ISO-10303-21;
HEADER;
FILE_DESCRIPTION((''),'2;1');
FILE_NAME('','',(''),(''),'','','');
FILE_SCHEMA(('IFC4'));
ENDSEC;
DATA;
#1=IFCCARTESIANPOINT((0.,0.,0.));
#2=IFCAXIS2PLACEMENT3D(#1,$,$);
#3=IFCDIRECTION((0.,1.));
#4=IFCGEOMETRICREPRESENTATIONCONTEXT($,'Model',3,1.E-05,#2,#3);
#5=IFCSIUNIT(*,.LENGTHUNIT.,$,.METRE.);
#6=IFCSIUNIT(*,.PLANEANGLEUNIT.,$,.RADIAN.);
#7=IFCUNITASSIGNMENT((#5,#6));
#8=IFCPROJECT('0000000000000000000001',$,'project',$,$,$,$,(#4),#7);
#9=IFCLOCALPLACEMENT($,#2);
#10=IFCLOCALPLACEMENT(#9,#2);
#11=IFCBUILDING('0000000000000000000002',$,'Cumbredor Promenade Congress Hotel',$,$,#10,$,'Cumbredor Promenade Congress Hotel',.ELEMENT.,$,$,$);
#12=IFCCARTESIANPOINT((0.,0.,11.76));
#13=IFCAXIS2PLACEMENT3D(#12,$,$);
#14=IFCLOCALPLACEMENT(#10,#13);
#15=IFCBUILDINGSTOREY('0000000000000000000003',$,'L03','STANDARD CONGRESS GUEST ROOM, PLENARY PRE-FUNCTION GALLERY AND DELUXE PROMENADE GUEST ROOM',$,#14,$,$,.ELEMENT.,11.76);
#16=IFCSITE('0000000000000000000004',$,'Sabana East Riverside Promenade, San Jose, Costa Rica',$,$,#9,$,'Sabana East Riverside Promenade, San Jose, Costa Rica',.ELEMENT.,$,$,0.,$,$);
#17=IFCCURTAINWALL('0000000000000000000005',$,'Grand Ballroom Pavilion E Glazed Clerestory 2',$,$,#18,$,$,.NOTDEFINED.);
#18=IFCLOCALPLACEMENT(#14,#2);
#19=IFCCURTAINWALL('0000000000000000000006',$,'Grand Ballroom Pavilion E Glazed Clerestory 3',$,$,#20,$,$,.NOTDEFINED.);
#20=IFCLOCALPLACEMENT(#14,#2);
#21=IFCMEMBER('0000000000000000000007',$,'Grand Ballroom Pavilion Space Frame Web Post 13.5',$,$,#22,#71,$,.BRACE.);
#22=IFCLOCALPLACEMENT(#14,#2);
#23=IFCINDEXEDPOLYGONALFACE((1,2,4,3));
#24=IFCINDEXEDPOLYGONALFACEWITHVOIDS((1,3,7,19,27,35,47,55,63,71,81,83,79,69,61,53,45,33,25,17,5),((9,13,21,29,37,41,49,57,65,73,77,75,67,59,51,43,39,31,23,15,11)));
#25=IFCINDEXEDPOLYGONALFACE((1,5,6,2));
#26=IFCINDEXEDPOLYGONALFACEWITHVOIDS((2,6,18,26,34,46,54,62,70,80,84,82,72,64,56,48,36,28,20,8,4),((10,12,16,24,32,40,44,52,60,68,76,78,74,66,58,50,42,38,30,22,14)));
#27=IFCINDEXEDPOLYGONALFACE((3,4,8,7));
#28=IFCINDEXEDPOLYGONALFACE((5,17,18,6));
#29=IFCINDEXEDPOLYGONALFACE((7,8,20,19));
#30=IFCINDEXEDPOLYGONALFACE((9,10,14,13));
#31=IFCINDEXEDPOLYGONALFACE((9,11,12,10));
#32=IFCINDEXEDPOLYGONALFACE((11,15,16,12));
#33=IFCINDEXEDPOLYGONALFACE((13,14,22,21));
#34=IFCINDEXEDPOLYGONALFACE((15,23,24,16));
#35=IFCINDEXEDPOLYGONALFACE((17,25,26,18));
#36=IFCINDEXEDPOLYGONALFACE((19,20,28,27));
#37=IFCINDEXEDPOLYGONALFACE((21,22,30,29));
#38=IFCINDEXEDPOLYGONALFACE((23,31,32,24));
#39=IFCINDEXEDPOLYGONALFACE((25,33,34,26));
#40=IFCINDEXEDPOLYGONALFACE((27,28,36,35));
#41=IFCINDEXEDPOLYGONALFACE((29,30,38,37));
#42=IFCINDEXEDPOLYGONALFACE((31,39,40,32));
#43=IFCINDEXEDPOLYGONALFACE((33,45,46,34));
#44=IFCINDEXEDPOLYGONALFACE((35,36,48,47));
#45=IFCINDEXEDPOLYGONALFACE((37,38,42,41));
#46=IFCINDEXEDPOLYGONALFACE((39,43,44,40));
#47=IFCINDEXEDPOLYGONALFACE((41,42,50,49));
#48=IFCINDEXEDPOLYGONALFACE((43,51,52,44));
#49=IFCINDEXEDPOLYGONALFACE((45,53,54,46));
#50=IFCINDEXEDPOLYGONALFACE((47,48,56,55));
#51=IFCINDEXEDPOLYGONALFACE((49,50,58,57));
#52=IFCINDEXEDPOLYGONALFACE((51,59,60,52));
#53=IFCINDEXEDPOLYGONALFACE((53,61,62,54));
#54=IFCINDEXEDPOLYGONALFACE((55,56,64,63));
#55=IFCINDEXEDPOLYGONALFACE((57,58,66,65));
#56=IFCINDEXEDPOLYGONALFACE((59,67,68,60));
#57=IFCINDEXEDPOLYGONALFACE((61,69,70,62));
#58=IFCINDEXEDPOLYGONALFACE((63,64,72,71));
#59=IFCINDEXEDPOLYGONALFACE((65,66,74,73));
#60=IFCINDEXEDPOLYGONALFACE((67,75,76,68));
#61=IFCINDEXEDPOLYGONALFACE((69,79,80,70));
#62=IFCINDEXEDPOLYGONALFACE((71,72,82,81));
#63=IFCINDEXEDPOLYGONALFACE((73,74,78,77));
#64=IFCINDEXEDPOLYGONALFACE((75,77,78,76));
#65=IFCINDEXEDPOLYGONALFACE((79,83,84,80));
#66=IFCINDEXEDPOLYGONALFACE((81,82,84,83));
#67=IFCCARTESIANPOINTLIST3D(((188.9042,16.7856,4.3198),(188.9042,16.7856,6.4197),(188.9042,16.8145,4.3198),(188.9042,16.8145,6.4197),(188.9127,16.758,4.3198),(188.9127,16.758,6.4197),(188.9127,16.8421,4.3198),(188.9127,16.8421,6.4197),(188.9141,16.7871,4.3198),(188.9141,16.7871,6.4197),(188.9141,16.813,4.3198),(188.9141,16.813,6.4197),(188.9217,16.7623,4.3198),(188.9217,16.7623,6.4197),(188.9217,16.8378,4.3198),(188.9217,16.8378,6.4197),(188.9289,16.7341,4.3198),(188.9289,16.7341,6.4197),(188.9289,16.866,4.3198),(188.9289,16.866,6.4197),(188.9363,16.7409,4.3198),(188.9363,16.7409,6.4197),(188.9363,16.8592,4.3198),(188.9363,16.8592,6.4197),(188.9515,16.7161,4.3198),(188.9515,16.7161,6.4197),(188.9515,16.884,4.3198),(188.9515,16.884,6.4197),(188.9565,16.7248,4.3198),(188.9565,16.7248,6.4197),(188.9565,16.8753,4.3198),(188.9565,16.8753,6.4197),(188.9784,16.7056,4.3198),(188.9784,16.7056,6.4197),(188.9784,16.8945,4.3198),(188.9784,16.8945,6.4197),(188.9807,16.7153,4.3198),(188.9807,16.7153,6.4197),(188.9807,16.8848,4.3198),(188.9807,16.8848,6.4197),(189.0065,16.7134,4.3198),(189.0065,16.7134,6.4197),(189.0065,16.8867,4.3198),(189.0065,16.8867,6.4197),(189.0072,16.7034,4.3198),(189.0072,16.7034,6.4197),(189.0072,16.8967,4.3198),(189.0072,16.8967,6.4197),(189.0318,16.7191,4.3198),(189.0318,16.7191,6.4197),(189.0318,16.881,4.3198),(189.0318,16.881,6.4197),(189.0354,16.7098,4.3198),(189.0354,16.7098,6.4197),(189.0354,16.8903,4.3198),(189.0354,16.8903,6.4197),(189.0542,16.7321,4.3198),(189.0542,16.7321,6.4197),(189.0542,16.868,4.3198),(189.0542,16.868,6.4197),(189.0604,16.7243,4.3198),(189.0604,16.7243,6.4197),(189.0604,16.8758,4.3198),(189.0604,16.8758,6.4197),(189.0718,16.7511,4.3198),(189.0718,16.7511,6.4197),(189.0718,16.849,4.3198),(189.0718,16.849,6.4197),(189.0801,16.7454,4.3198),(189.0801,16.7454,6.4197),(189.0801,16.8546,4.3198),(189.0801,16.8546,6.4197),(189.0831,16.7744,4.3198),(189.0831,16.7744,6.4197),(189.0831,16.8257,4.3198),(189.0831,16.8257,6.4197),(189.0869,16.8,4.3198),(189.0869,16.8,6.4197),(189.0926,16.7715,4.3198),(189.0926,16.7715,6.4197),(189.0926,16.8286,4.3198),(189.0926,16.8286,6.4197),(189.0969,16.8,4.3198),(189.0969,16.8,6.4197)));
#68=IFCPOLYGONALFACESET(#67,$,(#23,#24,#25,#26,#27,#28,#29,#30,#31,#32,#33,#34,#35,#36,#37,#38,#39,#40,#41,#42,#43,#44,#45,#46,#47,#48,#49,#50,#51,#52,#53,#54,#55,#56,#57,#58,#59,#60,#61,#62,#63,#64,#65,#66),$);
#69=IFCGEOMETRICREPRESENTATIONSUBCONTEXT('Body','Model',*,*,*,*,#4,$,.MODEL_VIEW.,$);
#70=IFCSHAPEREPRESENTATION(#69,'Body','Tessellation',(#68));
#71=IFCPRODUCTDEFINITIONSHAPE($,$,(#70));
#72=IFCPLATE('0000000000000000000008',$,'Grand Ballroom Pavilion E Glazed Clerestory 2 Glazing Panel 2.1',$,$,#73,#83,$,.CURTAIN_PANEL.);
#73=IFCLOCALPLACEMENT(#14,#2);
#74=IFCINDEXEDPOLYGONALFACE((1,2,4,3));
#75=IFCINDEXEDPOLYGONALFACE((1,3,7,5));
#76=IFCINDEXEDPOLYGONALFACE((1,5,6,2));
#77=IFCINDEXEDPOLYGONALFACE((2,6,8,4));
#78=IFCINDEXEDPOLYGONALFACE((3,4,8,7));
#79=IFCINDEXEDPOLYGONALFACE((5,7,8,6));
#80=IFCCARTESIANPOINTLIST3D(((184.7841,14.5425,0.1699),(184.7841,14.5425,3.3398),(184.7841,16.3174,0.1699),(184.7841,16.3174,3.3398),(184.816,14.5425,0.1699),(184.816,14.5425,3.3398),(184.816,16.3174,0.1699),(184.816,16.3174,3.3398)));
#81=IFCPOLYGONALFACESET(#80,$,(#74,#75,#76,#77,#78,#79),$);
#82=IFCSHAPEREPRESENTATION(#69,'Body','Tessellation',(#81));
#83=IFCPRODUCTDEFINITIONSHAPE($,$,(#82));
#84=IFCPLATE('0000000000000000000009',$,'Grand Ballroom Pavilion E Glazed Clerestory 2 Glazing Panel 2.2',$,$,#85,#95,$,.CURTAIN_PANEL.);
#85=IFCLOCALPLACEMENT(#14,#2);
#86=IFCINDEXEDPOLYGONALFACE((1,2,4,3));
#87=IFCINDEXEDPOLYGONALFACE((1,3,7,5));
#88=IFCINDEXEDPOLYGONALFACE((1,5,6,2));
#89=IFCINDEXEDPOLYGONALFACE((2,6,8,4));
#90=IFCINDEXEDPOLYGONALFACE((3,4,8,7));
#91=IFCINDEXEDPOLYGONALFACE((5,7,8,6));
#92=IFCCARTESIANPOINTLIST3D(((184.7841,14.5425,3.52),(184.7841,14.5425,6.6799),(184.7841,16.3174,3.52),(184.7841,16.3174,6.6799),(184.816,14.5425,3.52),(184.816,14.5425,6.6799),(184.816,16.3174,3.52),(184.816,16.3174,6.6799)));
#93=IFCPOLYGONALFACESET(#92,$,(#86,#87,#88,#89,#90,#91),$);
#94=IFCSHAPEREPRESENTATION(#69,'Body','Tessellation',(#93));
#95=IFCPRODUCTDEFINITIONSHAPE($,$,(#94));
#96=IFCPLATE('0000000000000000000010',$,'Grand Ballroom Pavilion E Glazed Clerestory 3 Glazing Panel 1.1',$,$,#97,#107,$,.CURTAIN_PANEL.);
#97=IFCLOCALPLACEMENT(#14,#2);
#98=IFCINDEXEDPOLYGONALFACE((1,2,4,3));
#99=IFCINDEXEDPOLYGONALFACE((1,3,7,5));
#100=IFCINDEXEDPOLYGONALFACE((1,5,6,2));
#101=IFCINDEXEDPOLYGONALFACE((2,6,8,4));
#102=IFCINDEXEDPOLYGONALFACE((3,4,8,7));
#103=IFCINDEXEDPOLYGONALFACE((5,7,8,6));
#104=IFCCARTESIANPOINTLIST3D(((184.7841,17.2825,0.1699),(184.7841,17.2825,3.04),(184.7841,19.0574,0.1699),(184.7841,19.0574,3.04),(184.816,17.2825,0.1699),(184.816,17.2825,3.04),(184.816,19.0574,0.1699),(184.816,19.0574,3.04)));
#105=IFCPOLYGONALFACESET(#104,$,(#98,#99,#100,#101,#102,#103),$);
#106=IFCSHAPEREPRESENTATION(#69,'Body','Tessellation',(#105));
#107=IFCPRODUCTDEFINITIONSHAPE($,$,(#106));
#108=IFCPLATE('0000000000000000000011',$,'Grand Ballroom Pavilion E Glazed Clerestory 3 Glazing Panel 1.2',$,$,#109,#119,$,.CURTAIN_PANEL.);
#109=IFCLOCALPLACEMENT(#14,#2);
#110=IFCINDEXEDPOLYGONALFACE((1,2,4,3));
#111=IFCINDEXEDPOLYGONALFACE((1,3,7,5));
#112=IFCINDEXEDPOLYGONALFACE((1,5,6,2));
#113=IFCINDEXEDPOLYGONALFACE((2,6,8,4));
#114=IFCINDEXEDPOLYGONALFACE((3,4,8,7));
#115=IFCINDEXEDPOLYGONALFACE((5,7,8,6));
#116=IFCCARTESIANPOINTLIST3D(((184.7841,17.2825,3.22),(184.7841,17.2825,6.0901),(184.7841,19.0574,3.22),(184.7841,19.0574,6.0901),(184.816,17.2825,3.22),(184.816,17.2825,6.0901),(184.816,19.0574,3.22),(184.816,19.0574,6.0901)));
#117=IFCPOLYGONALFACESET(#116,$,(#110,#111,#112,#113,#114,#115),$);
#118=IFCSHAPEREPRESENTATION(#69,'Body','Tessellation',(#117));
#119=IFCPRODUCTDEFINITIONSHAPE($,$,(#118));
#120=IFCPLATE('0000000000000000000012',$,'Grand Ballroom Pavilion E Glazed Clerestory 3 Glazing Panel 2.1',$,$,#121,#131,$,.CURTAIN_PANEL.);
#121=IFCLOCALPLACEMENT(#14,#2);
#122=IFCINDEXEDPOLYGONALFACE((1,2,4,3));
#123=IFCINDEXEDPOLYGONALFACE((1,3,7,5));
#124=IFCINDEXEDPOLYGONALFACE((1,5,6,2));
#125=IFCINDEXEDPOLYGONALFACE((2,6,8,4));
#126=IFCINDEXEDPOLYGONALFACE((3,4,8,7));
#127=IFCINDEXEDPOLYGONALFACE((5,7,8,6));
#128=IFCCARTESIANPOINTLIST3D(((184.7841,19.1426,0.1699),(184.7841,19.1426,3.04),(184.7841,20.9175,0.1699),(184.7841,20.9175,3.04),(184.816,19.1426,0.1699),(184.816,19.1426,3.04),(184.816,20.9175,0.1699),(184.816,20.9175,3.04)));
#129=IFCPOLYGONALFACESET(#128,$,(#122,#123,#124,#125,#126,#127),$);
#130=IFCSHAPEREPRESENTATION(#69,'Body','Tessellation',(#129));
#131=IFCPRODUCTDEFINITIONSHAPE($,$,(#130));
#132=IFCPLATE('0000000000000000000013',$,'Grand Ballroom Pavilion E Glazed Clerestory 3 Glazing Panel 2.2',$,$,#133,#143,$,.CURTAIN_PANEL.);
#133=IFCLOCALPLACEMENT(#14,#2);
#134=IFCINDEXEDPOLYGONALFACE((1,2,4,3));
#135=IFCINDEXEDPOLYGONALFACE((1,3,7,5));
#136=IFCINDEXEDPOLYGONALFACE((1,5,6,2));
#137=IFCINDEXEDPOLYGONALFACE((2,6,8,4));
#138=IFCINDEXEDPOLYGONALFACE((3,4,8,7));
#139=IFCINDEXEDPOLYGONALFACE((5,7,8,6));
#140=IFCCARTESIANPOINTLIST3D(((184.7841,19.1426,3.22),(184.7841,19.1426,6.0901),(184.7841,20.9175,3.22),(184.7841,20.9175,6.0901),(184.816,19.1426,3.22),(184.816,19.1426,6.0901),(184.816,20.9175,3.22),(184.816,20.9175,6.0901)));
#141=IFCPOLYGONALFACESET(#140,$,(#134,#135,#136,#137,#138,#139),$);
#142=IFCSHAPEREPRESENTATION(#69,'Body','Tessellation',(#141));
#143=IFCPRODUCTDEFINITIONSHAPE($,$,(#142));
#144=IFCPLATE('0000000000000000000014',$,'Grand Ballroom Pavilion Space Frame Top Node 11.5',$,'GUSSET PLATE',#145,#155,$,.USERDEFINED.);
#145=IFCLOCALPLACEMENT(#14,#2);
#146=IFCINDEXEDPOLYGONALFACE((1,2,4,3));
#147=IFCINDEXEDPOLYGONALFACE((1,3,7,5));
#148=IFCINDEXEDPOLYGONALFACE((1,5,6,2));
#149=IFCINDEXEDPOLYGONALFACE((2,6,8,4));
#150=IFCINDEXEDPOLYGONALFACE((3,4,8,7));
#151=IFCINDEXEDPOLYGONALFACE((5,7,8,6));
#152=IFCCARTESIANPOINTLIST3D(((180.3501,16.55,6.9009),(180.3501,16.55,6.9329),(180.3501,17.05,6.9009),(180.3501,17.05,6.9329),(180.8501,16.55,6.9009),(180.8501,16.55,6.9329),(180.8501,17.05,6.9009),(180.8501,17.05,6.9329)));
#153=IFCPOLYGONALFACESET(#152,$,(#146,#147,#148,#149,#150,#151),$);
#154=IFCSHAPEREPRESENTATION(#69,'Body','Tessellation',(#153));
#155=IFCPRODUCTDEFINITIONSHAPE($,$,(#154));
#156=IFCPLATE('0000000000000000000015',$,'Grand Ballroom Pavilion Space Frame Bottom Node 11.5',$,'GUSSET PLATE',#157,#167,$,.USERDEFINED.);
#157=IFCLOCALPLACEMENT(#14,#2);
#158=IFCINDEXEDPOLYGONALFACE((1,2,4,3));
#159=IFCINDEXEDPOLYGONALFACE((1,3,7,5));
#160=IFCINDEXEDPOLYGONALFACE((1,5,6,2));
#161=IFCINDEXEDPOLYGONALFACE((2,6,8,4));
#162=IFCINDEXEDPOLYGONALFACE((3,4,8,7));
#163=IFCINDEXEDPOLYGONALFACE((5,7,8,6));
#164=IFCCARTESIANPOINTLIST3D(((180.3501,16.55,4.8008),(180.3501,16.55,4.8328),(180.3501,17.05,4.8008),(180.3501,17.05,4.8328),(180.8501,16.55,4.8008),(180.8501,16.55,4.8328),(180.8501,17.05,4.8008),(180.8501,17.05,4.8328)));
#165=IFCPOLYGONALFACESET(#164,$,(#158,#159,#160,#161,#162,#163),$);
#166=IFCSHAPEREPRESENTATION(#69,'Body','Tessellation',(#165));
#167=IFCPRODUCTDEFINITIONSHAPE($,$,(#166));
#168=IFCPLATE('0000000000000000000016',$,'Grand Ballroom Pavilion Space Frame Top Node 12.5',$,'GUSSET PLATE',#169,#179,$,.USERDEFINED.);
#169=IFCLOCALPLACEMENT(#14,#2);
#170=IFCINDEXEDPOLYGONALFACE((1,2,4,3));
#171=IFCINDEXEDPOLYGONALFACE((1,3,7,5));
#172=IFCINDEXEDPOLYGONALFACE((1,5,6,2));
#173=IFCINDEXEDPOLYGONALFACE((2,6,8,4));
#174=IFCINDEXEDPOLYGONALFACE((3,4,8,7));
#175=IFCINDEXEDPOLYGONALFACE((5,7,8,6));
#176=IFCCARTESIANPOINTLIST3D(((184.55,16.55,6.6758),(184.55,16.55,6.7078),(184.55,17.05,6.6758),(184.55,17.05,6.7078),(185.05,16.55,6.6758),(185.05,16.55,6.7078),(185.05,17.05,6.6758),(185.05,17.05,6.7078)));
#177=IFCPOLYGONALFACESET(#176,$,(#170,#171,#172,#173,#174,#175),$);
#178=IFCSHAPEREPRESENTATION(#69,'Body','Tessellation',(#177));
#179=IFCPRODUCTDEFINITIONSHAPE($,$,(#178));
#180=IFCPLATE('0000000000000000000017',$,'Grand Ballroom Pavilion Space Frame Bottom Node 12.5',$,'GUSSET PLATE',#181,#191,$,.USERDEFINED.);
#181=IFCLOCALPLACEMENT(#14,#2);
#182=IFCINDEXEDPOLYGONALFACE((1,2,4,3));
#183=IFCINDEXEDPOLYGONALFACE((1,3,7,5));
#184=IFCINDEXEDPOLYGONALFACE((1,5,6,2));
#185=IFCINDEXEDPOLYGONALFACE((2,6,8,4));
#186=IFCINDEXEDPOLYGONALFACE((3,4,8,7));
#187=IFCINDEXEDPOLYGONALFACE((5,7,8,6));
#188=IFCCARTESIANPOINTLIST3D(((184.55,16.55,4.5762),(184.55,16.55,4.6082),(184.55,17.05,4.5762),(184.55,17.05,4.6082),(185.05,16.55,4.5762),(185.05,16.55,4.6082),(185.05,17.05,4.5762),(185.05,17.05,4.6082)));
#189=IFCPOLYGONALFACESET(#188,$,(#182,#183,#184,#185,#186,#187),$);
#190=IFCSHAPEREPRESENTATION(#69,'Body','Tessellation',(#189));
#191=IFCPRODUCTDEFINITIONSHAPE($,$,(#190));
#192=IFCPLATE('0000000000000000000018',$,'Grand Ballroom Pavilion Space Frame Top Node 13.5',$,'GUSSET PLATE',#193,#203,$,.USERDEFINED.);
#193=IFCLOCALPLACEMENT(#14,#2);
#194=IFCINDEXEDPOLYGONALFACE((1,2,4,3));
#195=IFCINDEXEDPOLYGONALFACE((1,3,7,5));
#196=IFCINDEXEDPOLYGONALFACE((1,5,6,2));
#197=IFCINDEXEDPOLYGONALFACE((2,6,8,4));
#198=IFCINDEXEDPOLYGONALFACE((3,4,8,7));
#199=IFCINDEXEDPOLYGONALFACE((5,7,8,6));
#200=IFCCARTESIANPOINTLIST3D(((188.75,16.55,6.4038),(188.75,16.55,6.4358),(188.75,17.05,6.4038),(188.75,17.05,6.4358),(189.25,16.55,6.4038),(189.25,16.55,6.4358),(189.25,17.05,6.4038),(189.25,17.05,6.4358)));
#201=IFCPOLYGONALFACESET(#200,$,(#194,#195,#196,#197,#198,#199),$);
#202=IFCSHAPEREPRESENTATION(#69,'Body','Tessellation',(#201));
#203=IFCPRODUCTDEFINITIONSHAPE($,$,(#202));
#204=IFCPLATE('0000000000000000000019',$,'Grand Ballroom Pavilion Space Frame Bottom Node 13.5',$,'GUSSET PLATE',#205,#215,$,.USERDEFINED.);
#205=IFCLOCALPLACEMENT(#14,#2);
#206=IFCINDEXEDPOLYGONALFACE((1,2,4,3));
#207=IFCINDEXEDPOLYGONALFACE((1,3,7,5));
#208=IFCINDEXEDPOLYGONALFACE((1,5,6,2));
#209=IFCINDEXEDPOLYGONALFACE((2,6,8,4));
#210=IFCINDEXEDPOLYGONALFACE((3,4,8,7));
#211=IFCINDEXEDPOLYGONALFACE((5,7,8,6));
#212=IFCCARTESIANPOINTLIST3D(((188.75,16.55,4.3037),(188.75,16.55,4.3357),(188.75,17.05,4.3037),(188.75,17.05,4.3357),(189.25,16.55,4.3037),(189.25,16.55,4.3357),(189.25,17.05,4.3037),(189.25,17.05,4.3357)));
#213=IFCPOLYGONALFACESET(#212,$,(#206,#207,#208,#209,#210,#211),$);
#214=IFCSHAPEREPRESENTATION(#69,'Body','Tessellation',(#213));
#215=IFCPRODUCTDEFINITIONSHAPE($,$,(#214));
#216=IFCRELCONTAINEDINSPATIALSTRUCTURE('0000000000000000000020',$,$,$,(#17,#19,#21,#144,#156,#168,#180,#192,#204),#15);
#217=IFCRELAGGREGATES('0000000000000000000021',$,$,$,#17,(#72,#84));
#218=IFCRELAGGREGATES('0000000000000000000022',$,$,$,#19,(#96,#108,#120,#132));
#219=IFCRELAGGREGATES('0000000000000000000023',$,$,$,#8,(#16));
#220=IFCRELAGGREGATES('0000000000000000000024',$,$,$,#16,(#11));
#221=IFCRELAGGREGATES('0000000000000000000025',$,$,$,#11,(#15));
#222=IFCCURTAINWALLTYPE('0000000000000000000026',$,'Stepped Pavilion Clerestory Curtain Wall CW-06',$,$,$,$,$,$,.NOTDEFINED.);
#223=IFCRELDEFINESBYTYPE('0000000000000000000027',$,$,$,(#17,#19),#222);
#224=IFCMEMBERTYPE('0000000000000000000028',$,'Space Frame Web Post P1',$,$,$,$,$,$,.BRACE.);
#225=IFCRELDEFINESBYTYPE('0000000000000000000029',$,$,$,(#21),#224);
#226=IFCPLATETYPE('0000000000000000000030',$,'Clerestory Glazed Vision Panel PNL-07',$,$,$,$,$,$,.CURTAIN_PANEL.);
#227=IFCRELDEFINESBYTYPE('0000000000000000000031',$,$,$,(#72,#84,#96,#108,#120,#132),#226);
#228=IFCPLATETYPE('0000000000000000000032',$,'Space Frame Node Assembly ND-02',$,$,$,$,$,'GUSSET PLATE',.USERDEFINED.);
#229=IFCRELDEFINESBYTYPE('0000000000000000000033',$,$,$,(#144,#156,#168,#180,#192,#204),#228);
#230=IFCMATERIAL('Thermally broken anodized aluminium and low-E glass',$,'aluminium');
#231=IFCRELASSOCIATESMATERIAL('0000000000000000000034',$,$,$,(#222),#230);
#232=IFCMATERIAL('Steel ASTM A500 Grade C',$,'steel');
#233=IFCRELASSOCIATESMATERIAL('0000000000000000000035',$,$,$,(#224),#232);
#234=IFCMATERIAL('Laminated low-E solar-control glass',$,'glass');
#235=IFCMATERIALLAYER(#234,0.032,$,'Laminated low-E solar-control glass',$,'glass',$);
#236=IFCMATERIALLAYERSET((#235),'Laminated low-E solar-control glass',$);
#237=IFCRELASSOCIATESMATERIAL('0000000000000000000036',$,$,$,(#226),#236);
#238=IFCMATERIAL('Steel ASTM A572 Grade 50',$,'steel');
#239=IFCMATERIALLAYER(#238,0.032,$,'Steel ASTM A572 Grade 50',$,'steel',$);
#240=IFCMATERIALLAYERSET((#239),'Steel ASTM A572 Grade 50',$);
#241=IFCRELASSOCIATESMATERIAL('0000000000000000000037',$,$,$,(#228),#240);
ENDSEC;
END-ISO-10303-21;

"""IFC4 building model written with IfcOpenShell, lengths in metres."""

from ifc_helpers import new_model, si_unit, direction, frame, origin, origin_2d, place, context, subcontext, project, spatial, rectangle, hollow_circle, extrude, material, layer, layer_set, material_profile, profile_set, type_object, element, aggregate, save


model = new_model("IFC4")

# Units and contexts
model_context = context("Model", 3, precision=1e-05, world=origin(), true_north=direction((0.0, 1.0)))
body_context = subcontext(model_context, "Body", "Model", "MODEL_VIEW")
ifc_project = project(units=[si_unit("LENGTHUNIT", "METRE"), si_unit("PLANEANGLEUNIT", "RADIAN")], contexts=[model_context])

# Site, building, storey
site_placement = place(None, origin())
site = spatial("IfcSite", under=ifc_project, at=site_placement, Name="Sabana East Riverside Promenade, San Jose, Costa Rica", LongName="Sabana East Riverside Promenade, San Jose, Costa Rica", CompositionType="ELEMENT", RefElevation=0.0)
building_placement = place(site_placement, origin())
building = spatial("IfcBuilding", under=site, at=building_placement, Name="Cumbredor Promenade Congress Hotel", LongName="Cumbredor Promenade Congress Hotel", CompositionType="ELEMENT")
storey_placement = place(building_placement, frame((0.0, 0.0, 11.76)))
storey = spatial("IfcBuildingStorey", under=building, at=storey_placement, Name="L03", Description="STANDARD CONGRESS GUEST ROOM, PLENARY PRE-FUNCTION GALLERY AND DELUXE PROMENADE GUEST ROOM", CompositionType="ELEMENT", Elevation=11.76)

# Shared definitions
ifc_material_1 = material(Name="Steel ASTM A500 Grade C", Category="steel")

# Curtain wall
ifc_material_2 = material(Name="Thermally broken anodized aluminium and low-E glass", Category="aluminium")
curtain_wall_type = type_object("IfcCurtainWallType", Name="Stepped Pavilion Clerestory Curtain Wall CW-06", PredefinedType="NOTDEFINED", material=ifc_material_2)
curtain_wall_1_placement = place(storey_placement, origin())
curtain_wall_1 = element("IfcCurtainWall", 1, at=curtain_wall_1_placement, inside=storey, type_object=curtain_wall_type, Name="Grand Ballroom Pavilion E Glazed Clerestory 2", PredefinedType="NOTDEFINED")

# Curtain wall
curtain_wall_2_placement = place(storey_placement, origin())
curtain_wall_2 = element("IfcCurtainWall", 2, at=curtain_wall_2_placement, inside=storey, type_object=curtain_wall_type, Name="Grand Ballroom Pavilion E Glazed Clerestory 3", PredefinedType="NOTDEFINED")

# Member
ifc_material_profile_1 = material_profile(ifc_material_1, hollow_circle(Radius=0.0969, WallThickness=0.01, at=origin_2d()), Name="CHS 193.7x10")
ifc_profile_set_1 = profile_set([ifc_material_profile_1], Name="Steel ASTM A500 Grade C")
member_type_1 = type_object("IfcMemberType", Name="Space Frame Web Post P1", PredefinedType="BRACE", material=ifc_profile_set_1)
for number, where, z_axis, x_axis, name in (
    (3, (189.0, 16.8, 4.3198), (0.0, 0.0, 1.0), (1.0, 0.0, 0.0), "Grand Ballroom Pavilion Space Frame Web Post 13.5"),
):
    element("IfcMember", number, at=place(storey_placement, frame(where, z_axis=z_axis, x_axis=x_axis)), inside=storey, type_object=member_type_1, Name=name, PredefinedType="BRACE", context=body_context, shape_type="SweptSolid", body=[
        extrude(hollow_circle(Radius=0.0969, WallThickness=0.01, at=origin_2d()), origin(), (0.0, 0.0, 1.0), 2.0999),
    ])

# Plates
ifc_material_3 = material(Name="Laminated low-E solar-control glass", Category="glass")
ifc_layer_1 = layer(ifc_material_3, 0.032, Name="Laminated low-E solar-control glass", Category="glass")
ifc_layer_set_1 = layer_set([ifc_layer_1], Name="Laminated low-E solar-control glass")
plate_type_1 = type_object("IfcPlateType", Name="Clerestory Glazed Vision Panel PNL-07", PredefinedType="CURTAIN_PANEL", material=ifc_layer_set_1)
plate_1_placement = place(storey_placement, frame((184.8, 15.4299, 0.1699), z_axis=(0.0, 0.0, 1.0), x_axis=(0.0, 1.0, 0.0)))
plate_1 = element("IfcPlate", 4, at=plate_1_placement, type_object=plate_type_1, Name="Grand Ballroom Pavilion E Glazed Clerestory 2 Glazing Panel 2.1", PredefinedType="CURTAIN_PANEL", context=body_context, shape_type="SweptSolid", body=[
    extrude(rectangle(XDim=1.7749, YDim=0.032, at=origin_2d()), origin(), (0.0, 0.0, 1.0), 3.1699),
])
plate_2_placement = place(storey_placement, frame((184.8, 15.4299, 3.52), z_axis=(0.0, 0.0, 1.0), x_axis=(0.0, 1.0, 0.0)))
plate_2 = element("IfcPlate", 5, at=plate_2_placement, type_object=plate_type_1, Name="Grand Ballroom Pavilion E Glazed Clerestory 2 Glazing Panel 2.2", PredefinedType="CURTAIN_PANEL", context=body_context, shape_type="SweptSolid", body=[
    extrude(rectangle(XDim=1.7749, YDim=0.032, at=origin_2d()), origin(), (0.0, 0.0, 1.0), 3.1599),
])
aggregate(curtain_wall_1, [plate_1, plate_2])
plate_3_placement = place(storey_placement, frame((184.8, 18.1699, 0.1699), z_axis=(0.0, 0.0, 1.0), x_axis=(0.0, 1.0, 0.0)))
plate_3 = element("IfcPlate", 6, at=plate_3_placement, type_object=plate_type_1, Name="Grand Ballroom Pavilion E Glazed Clerestory 3 Glazing Panel 1.1", PredefinedType="CURTAIN_PANEL", context=body_context, shape_type="SweptSolid", body=[
    extrude(rectangle(XDim=1.7749, YDim=0.032, at=origin_2d()), origin(), (0.0, 0.0, 1.0), 2.8701),
])
plate_4_placement = place(storey_placement, frame((184.8, 18.1699, 3.22), z_axis=(0.0, 0.0, 1.0), x_axis=(0.0, 1.0, 0.0)))
plate_4 = element("IfcPlate", 7, at=plate_4_placement, type_object=plate_type_1, Name="Grand Ballroom Pavilion E Glazed Clerestory 3 Glazing Panel 1.2", PredefinedType="CURTAIN_PANEL", context=body_context, shape_type="SweptSolid", body=[
    extrude(rectangle(XDim=1.7749, YDim=0.032, at=origin_2d()), origin(), (0.0, 0.0, 1.0), 2.8701),
])
plate_5_placement = place(storey_placement, frame((184.8, 20.03, 0.1699), z_axis=(0.0, 0.0, 1.0), x_axis=(0.0, 1.0, 0.0)))
plate_5 = element("IfcPlate", 8, at=plate_5_placement, type_object=plate_type_1, Name="Grand Ballroom Pavilion E Glazed Clerestory 3 Glazing Panel 2.1", PredefinedType="CURTAIN_PANEL", context=body_context, shape_type="SweptSolid", body=[
    extrude(rectangle(XDim=1.7749, YDim=0.032, at=origin_2d()), origin(), (0.0, 0.0, 1.0), 2.8701),
])
plate_6_placement = place(storey_placement, frame((184.8, 20.03, 3.22), z_axis=(0.0, 0.0, 1.0), x_axis=(0.0, 1.0, 0.0)))
plate_6 = element("IfcPlate", 9, at=plate_6_placement, type_object=plate_type_1, Name="Grand Ballroom Pavilion E Glazed Clerestory 3 Glazing Panel 2.2", PredefinedType="CURTAIN_PANEL", context=body_context, shape_type="SweptSolid", body=[
    extrude(rectangle(XDim=1.7749, YDim=0.032, at=origin_2d()), origin(), (0.0, 0.0, 1.0), 2.8701),
])
aggregate(curtain_wall_2, [plate_3, plate_4, plate_5, plate_6])

# Plates
ifc_material_4 = material(Name="Steel ASTM A572 Grade 50", Category="steel")
ifc_layer_2 = layer(ifc_material_4, 0.032, Name="Steel ASTM A572 Grade 50", Category="steel")
ifc_layer_set_2 = layer_set([ifc_layer_2], Name="Steel ASTM A572 Grade 50")
plate_type_2 = type_object("IfcPlateType", Name="Space Frame Node Assembly ND-02", ElementType="GUSSET PLATE", PredefinedType="USERDEFINED", material=ifc_layer_set_2)
for number, where, z_axis, x_axis, name in (
    (10, (180.6001, 16.8, 6.9009), (0.0, 0.0, 1.0), (1.0, 0.0, 0.0), "Grand Ballroom Pavilion Space Frame Top Node 11.5"),
    (11, (180.6001, 16.8, 4.8008), (0.0, 0.0, 1.0), (1.0, 0.0, 0.0), "Grand Ballroom Pavilion Space Frame Bottom Node 11.5"),
    (12, (184.8, 16.8, 6.6758), (0.0, 0.0, 1.0), (1.0, 0.0, 0.0), "Grand Ballroom Pavilion Space Frame Top Node 12.5"),
    (13, (184.8, 16.8, 4.5762), (0.0, 0.0, 1.0), (1.0, 0.0, 0.0), "Grand Ballroom Pavilion Space Frame Bottom Node 12.5"),
    (14, (189.0, 16.8, 6.4038), (0.0, 0.0, 1.0), (1.0, 0.0, 0.0), "Grand Ballroom Pavilion Space Frame Top Node 13.5"),
    (15, (189.0, 16.8, 4.3037), (0.0, 0.0, 1.0), (1.0, 0.0, 0.0), "Grand Ballroom Pavilion Space Frame Bottom Node 13.5"),
):
    element("IfcPlate", number, at=place(storey_placement, frame(where, z_axis=z_axis, x_axis=x_axis)), inside=storey, type_object=plate_type_2, Name=name, ObjectType="GUSSET PLATE", PredefinedType="USERDEFINED", context=body_context, shape_type="SweptSolid", body=[
        extrude(rectangle(XDim=0.5, YDim=0.5, at=origin_2d()), origin(), (0.0, 0.0, 1.0), 0.032),
    ])

save(model, "model.ifc")
